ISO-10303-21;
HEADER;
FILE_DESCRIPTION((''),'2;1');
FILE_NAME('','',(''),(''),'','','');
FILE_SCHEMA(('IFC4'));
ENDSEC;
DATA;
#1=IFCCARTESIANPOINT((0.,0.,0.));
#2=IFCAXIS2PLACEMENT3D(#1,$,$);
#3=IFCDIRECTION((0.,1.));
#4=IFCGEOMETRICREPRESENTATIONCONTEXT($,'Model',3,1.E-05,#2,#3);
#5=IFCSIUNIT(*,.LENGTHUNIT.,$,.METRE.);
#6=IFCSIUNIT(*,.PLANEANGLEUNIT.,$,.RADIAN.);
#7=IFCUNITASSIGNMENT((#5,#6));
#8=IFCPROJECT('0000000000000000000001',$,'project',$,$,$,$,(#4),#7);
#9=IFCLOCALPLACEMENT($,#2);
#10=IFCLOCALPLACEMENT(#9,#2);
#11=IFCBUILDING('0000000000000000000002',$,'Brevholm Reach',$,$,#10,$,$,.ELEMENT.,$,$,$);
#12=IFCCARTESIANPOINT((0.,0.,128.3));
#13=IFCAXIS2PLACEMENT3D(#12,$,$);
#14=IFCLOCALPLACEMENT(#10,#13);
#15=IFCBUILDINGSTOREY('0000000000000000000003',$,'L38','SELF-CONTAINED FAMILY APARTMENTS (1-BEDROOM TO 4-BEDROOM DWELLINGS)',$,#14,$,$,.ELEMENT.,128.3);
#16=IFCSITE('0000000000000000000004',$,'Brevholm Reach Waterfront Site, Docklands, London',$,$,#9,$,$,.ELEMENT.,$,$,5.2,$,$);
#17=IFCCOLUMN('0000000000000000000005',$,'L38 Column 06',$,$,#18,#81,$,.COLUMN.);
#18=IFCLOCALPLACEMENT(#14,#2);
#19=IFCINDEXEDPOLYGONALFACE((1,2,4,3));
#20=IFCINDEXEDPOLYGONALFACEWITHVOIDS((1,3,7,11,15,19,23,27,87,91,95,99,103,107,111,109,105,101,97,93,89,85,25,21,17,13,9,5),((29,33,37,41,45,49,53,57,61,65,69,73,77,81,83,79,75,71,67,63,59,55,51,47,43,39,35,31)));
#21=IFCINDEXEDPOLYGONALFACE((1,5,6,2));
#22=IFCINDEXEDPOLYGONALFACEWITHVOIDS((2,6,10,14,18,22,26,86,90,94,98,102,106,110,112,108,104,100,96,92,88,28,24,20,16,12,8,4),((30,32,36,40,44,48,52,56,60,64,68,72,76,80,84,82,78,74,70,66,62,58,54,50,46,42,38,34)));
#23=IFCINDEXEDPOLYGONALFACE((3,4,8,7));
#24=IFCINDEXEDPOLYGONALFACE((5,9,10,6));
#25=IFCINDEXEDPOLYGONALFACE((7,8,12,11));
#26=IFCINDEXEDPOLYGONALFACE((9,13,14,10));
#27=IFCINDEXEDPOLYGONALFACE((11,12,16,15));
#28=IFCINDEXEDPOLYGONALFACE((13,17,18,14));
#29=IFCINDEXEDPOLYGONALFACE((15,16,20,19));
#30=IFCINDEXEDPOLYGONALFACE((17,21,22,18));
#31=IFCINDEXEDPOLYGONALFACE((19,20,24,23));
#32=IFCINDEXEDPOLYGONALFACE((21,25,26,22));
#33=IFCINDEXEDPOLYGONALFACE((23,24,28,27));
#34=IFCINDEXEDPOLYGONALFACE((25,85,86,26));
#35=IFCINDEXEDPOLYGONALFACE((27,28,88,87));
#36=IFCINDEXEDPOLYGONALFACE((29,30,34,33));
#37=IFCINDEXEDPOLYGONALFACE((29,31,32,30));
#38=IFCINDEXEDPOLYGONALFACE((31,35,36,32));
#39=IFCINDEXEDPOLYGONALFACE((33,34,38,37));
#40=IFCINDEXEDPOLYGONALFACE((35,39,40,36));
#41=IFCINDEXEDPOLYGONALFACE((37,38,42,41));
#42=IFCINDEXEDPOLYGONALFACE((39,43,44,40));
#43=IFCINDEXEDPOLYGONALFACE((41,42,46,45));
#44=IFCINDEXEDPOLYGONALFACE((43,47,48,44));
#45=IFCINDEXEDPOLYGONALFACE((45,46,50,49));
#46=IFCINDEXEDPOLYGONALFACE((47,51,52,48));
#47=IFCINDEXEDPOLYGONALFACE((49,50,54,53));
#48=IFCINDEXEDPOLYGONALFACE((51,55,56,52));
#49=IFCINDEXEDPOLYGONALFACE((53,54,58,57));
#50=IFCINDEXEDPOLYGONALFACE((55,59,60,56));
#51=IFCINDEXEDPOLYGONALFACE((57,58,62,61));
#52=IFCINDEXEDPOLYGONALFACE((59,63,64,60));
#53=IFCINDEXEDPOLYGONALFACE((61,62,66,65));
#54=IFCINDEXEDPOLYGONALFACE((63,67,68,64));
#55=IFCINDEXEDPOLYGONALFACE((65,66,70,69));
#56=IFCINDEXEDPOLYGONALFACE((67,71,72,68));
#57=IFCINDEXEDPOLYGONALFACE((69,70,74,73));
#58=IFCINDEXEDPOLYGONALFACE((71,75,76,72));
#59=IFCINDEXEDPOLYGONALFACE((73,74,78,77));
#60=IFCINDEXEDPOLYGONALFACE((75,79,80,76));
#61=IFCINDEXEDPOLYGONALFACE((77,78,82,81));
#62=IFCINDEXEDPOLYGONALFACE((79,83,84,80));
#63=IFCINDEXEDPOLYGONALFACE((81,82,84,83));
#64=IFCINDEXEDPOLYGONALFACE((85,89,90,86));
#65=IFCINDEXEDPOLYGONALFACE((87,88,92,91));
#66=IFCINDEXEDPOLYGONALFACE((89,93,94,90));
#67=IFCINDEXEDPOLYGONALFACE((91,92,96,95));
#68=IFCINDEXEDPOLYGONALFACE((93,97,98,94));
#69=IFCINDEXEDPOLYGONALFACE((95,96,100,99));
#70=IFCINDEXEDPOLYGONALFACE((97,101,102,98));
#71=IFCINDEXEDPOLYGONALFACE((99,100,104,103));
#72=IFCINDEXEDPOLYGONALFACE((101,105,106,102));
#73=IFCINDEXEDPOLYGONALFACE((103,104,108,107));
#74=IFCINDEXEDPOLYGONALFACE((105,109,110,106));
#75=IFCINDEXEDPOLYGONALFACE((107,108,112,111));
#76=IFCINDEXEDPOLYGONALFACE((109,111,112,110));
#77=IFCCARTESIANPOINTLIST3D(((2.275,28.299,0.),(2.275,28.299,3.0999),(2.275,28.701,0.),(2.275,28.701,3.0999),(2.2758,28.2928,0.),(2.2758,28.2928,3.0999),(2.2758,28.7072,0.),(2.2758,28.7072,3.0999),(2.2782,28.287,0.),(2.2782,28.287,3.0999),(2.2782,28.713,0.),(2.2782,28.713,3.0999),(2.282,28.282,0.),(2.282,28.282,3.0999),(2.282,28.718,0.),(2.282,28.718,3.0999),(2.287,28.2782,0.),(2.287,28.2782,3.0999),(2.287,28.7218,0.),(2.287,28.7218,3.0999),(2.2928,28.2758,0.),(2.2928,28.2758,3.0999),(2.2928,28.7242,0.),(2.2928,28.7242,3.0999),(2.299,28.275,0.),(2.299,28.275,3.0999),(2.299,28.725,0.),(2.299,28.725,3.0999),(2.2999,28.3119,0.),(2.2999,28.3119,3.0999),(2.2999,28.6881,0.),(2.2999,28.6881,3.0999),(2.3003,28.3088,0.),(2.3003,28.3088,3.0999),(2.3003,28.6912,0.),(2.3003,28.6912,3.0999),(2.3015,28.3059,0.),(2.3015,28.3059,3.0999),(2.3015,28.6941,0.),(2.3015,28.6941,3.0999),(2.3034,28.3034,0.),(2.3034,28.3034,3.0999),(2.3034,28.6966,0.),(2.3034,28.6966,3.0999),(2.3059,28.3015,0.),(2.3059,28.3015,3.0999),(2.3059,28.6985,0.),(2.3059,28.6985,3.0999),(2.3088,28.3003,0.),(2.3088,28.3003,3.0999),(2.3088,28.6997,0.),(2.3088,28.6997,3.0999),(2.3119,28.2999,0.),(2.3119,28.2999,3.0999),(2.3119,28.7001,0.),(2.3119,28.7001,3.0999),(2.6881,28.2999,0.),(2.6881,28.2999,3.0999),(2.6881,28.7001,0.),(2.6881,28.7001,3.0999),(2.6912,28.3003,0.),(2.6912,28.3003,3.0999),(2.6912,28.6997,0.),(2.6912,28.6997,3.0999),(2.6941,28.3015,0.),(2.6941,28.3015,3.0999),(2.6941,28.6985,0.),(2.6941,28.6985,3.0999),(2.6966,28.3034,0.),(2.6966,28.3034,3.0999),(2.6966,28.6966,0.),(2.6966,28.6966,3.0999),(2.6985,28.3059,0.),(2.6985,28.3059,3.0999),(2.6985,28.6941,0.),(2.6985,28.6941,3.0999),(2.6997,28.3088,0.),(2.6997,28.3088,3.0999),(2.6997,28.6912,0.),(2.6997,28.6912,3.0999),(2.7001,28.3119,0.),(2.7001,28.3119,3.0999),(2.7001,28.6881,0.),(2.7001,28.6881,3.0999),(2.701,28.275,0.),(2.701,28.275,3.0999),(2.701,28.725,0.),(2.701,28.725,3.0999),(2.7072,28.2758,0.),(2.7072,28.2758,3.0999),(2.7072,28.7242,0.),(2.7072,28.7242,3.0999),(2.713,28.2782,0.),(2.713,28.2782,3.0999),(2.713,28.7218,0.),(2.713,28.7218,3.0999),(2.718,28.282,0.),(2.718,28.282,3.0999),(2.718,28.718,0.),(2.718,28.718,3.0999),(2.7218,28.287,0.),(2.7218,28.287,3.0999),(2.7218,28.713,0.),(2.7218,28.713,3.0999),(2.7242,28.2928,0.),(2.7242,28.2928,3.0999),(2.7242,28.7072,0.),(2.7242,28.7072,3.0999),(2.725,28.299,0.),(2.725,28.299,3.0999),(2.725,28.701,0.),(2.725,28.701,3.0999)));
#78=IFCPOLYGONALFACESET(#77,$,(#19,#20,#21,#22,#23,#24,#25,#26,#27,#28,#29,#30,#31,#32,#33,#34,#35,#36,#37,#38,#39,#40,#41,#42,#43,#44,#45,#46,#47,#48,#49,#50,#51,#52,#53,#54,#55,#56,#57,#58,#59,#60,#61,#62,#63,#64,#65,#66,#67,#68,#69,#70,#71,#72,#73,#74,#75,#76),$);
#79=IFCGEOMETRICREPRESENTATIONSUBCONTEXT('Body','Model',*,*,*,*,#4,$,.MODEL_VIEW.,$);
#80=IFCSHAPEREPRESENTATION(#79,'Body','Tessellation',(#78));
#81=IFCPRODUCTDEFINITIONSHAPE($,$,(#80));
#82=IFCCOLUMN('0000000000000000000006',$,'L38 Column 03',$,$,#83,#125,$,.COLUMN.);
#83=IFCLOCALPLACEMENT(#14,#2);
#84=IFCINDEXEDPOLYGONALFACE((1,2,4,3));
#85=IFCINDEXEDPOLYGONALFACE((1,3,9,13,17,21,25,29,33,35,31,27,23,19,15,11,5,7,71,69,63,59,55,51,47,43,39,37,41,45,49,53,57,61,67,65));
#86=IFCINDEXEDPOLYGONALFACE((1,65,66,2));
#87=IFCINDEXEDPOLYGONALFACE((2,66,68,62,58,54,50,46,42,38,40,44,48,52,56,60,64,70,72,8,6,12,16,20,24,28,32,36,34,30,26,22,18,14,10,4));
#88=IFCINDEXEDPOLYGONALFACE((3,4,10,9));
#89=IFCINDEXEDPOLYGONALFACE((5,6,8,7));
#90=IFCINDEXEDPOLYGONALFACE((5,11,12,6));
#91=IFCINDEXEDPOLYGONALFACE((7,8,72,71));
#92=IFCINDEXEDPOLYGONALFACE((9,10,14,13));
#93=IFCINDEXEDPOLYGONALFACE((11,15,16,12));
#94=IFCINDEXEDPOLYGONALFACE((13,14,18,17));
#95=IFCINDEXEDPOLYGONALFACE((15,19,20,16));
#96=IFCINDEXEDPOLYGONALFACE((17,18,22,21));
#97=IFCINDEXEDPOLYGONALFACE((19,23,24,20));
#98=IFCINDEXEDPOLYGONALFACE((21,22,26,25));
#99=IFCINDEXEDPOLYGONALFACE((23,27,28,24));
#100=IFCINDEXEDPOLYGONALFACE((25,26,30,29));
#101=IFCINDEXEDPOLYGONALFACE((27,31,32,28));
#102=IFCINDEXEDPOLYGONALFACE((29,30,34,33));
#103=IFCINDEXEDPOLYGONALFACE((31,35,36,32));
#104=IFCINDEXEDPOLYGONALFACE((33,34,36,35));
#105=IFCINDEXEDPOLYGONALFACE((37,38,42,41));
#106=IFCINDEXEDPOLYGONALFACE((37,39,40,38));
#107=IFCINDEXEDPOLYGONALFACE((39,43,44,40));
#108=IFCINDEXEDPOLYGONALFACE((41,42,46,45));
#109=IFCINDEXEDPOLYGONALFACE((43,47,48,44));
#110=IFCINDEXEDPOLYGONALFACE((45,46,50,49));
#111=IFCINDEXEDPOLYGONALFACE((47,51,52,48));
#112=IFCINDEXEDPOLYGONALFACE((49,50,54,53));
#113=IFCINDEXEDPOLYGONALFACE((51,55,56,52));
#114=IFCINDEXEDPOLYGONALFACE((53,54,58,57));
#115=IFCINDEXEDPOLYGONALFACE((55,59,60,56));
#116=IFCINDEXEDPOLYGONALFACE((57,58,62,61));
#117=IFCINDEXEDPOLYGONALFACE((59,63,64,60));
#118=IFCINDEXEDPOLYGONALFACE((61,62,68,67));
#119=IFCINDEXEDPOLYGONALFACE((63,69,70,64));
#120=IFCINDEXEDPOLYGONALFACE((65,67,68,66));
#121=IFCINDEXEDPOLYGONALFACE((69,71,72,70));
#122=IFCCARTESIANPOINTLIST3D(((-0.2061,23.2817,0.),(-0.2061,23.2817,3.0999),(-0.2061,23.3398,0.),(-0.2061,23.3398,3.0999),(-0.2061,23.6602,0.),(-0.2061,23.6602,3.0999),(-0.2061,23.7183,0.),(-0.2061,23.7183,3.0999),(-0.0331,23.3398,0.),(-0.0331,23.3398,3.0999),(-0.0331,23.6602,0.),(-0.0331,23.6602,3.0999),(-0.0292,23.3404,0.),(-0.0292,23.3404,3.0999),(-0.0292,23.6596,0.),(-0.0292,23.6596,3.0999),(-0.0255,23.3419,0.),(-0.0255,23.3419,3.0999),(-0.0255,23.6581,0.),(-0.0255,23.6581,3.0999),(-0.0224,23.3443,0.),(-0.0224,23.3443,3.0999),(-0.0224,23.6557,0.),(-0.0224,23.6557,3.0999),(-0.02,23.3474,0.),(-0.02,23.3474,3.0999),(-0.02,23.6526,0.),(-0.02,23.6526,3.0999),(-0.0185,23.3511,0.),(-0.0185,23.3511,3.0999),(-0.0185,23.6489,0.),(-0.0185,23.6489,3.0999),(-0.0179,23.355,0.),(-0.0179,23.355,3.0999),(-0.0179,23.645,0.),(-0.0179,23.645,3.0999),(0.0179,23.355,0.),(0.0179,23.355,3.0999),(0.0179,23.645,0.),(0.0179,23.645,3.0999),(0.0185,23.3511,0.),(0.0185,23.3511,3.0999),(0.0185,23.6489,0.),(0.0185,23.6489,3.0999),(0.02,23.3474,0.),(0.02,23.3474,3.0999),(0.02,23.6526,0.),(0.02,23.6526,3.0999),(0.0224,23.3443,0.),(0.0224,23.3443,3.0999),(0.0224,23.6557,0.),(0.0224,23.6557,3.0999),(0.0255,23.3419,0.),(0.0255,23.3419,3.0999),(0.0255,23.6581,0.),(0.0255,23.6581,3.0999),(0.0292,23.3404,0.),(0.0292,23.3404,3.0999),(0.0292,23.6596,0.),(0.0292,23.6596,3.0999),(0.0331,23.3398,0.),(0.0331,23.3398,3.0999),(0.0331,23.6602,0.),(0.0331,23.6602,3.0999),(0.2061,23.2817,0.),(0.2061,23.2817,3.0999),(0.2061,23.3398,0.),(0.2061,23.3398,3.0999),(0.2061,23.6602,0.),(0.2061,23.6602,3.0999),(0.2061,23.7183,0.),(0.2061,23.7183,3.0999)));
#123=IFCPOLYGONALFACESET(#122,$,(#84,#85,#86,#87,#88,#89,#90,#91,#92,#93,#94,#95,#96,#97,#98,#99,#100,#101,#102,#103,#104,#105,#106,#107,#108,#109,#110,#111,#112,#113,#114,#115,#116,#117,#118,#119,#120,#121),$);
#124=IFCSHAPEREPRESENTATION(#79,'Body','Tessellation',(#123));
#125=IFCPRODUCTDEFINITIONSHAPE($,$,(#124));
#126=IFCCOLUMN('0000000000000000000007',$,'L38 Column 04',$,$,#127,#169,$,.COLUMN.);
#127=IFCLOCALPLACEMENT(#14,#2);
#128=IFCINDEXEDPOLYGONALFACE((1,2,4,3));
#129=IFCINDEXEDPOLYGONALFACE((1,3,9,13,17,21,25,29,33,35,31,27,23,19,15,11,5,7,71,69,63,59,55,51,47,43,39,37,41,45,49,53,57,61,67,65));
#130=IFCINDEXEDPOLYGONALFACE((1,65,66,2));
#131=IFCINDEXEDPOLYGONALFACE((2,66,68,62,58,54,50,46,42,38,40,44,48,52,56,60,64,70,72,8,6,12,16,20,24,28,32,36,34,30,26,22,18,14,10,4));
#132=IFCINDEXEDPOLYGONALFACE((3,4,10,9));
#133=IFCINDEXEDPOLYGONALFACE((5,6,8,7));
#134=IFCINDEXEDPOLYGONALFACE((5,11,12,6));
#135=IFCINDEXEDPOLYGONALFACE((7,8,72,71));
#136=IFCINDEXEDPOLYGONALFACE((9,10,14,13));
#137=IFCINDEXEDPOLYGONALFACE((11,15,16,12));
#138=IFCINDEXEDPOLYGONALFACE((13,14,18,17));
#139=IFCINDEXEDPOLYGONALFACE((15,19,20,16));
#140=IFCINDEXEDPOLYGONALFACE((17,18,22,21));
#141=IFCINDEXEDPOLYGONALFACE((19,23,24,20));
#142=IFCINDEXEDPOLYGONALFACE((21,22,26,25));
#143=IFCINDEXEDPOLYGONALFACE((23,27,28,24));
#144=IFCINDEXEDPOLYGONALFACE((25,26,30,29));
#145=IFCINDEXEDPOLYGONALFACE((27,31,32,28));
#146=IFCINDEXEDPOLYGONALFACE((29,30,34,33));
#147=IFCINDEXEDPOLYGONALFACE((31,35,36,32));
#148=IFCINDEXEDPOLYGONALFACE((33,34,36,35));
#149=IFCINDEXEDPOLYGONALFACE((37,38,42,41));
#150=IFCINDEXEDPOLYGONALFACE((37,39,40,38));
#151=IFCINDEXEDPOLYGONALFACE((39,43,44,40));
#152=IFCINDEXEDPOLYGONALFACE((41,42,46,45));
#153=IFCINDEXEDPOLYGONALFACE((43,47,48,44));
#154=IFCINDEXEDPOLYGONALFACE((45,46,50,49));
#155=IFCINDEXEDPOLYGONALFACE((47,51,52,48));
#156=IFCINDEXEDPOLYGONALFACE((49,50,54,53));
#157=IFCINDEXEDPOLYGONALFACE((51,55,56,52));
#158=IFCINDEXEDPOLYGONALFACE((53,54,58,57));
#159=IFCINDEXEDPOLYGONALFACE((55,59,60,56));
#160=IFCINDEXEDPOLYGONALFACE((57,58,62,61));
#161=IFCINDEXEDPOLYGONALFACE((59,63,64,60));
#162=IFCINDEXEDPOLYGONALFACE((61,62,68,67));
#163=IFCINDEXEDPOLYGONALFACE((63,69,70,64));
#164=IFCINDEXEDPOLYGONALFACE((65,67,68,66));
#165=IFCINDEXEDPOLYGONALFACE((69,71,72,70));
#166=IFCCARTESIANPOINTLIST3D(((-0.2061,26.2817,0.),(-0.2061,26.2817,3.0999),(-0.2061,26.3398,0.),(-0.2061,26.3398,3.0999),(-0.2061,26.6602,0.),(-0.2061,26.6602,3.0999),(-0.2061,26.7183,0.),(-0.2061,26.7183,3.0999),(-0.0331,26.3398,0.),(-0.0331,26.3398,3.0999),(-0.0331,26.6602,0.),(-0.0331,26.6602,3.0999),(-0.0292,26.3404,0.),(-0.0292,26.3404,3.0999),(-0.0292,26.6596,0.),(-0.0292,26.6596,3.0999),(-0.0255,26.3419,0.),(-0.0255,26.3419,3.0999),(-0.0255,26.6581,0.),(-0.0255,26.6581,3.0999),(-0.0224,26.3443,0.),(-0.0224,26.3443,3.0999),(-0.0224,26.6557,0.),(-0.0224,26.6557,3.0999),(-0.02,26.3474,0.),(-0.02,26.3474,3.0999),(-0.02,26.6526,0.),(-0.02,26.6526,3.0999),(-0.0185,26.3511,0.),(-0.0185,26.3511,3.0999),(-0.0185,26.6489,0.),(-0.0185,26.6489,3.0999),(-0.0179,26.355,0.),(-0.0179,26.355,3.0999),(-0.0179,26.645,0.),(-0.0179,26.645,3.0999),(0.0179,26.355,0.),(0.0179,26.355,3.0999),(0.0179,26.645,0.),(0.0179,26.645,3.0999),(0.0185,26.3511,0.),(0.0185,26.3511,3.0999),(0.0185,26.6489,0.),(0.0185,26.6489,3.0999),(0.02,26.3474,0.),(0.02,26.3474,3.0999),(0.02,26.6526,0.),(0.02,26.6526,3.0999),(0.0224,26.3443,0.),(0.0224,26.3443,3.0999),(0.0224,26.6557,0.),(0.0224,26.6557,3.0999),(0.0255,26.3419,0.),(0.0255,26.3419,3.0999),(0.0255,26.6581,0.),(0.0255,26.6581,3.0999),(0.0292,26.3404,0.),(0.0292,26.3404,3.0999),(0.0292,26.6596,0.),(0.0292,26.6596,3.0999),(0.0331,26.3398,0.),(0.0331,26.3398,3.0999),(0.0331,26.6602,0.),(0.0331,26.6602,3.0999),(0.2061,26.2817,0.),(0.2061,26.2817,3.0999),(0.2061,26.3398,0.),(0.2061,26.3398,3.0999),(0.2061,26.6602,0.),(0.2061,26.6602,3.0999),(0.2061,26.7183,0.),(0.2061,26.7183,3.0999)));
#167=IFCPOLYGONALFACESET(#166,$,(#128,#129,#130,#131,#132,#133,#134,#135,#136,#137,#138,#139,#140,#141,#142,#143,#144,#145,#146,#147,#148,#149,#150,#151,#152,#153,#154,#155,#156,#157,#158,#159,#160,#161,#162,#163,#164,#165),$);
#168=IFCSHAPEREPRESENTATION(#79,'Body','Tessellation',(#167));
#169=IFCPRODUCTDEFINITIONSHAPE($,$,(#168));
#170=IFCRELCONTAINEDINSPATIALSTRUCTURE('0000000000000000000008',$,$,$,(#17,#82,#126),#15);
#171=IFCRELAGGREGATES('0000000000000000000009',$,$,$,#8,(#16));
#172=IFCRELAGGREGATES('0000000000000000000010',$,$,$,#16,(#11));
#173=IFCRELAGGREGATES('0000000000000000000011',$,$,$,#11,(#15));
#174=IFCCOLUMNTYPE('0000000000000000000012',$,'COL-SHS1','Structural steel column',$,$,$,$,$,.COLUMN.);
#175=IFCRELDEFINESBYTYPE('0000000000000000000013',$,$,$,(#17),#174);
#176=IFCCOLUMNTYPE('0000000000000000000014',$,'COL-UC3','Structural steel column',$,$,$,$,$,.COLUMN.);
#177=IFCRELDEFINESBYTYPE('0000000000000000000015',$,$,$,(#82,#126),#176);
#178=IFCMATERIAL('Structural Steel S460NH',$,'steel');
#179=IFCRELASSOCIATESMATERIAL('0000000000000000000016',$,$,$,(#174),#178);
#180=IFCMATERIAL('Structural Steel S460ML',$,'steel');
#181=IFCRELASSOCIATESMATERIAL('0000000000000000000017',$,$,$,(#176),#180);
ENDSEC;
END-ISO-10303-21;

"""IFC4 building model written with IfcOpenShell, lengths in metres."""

from ifc_helpers import new_model, si_unit, direction, frame, origin, origin_2d, place, context, subcontext, project, spatial, hollow_rectangle, i_section, extrude, material, material_profile, profile_set, type_object, element, save


model = new_model("IFC4")

# Units and contexts
model_context = context("Model", 3, precision=1e-05, world=origin(), true_north=direction((0.0, 1.0)))
body_context = subcontext(model_context, "Body", "Model", "MODEL_VIEW")
ifc_project = project(units=[si_unit("LENGTHUNIT", "METRE"), si_unit("PLANEANGLEUNIT", "RADIAN")], contexts=[model_context])

# Site, building, storey
site_placement = place(None, origin())
site = spatial("IfcSite", under=ifc_project, at=site_placement, Name="Brevholm Reach Waterfront Site, Docklands, London", CompositionType="ELEMENT", RefElevation=5.2)
building_placement = place(site_placement, origin())
building = spatial("IfcBuilding", under=site, at=building_placement, Name="Brevholm Reach", CompositionType="ELEMENT")
storey_placement = place(building_placement, frame((0.0, 0.0, 128.3)))
storey = spatial("IfcBuildingStorey", under=building, at=storey_placement, Name="L38", Description="SELF-CONTAINED FAMILY APARTMENTS (1-BEDROOM TO 4-BEDROOM DWELLINGS)", CompositionType="ELEMENT", Elevation=128.3)

# Columns
ifc_material_1 = material(Name="Structural Steel S460NH", Category="steel")
ifc_material_profile_1 = material_profile(ifc_material_1, hollow_rectangle(XDim=0.45, YDim=0.45, WallThickness=0.0249, InnerFilletRadius=0.012, OuterFilletRadius=0.0239, at=origin_2d()), Name="SHS 450x450x25")
ifc_profile_set_1 = profile_set([ifc_material_profile_1], Name="Structural Steel S460NH")
column_type_1 = type_object("IfcColumnType", Name="COL-SHS1", Description="Structural steel column", PredefinedType="COLUMN", material=ifc_profile_set_1)
column_placement = place(storey_placement, frame((2.5, 28.5, 0.0), z_axis=(0.0, 0.0, 1.0), x_axis=(1.0, 0.0, 0.0)))
element("IfcColumn", 1, at=column_placement, inside=storey, type_object=column_type_1, Name="L38 Column 06", PredefinedType="COLUMN", context=body_context, shape_type="SweptSolid", body=[
    extrude(hollow_rectangle(XDim=0.45, YDim=0.45, WallThickness=0.0249, InnerFilletRadius=0.012, OuterFilletRadius=0.0239, at=origin_2d()), origin(), (0.0, 0.0, 1.0), 3.0999),
])
ifc_material_2 = material(Name="Structural Steel S460ML", Category="steel")
ifc_material_profile_2 = material_profile(ifc_material_2, i_section(OverallWidth=0.4121, OverallDepth=0.4365, WebThickness=0.0359, FlangeThickness=0.0581, FilletRadius=0.0151, at=origin_2d()), Name="UKC 356x406x467")
ifc_profile_set_2 = profile_set([ifc_material_profile_2], Name="Structural Steel S460ML")
column_type_2 = type_object("IfcColumnType", Name="COL-UC3", Description="Structural steel column", PredefinedType="COLUMN", material=ifc_profile_set_2)
for number, where, z_axis, x_axis, name in (
    (2, (0.0, 23.5, 0.0), (0.0, 0.0, 1.0), (1.0, 0.0, 0.0), "L38 Column 03"),
    (3, (0.0, 26.5, 0.0), (0.0, 0.0, 1.0), (1.0, 0.0, 0.0), "L38 Column 04"),
):
    element("IfcColumn", number, at=place(storey_placement, frame(where, z_axis=z_axis, x_axis=x_axis)), inside=storey, type_object=column_type_2, Name=name, PredefinedType="COLUMN", context=body_context, shape_type="SweptSolid", body=[
        extrude(i_section(OverallWidth=0.4121, OverallDepth=0.4365, WebThickness=0.0359, FlangeThickness=0.0581, FilletRadius=0.0151, at=origin_2d()), origin(), (0.0, 0.0, 1.0), 3.0999),
    ])

save(model, "model.ifc")
